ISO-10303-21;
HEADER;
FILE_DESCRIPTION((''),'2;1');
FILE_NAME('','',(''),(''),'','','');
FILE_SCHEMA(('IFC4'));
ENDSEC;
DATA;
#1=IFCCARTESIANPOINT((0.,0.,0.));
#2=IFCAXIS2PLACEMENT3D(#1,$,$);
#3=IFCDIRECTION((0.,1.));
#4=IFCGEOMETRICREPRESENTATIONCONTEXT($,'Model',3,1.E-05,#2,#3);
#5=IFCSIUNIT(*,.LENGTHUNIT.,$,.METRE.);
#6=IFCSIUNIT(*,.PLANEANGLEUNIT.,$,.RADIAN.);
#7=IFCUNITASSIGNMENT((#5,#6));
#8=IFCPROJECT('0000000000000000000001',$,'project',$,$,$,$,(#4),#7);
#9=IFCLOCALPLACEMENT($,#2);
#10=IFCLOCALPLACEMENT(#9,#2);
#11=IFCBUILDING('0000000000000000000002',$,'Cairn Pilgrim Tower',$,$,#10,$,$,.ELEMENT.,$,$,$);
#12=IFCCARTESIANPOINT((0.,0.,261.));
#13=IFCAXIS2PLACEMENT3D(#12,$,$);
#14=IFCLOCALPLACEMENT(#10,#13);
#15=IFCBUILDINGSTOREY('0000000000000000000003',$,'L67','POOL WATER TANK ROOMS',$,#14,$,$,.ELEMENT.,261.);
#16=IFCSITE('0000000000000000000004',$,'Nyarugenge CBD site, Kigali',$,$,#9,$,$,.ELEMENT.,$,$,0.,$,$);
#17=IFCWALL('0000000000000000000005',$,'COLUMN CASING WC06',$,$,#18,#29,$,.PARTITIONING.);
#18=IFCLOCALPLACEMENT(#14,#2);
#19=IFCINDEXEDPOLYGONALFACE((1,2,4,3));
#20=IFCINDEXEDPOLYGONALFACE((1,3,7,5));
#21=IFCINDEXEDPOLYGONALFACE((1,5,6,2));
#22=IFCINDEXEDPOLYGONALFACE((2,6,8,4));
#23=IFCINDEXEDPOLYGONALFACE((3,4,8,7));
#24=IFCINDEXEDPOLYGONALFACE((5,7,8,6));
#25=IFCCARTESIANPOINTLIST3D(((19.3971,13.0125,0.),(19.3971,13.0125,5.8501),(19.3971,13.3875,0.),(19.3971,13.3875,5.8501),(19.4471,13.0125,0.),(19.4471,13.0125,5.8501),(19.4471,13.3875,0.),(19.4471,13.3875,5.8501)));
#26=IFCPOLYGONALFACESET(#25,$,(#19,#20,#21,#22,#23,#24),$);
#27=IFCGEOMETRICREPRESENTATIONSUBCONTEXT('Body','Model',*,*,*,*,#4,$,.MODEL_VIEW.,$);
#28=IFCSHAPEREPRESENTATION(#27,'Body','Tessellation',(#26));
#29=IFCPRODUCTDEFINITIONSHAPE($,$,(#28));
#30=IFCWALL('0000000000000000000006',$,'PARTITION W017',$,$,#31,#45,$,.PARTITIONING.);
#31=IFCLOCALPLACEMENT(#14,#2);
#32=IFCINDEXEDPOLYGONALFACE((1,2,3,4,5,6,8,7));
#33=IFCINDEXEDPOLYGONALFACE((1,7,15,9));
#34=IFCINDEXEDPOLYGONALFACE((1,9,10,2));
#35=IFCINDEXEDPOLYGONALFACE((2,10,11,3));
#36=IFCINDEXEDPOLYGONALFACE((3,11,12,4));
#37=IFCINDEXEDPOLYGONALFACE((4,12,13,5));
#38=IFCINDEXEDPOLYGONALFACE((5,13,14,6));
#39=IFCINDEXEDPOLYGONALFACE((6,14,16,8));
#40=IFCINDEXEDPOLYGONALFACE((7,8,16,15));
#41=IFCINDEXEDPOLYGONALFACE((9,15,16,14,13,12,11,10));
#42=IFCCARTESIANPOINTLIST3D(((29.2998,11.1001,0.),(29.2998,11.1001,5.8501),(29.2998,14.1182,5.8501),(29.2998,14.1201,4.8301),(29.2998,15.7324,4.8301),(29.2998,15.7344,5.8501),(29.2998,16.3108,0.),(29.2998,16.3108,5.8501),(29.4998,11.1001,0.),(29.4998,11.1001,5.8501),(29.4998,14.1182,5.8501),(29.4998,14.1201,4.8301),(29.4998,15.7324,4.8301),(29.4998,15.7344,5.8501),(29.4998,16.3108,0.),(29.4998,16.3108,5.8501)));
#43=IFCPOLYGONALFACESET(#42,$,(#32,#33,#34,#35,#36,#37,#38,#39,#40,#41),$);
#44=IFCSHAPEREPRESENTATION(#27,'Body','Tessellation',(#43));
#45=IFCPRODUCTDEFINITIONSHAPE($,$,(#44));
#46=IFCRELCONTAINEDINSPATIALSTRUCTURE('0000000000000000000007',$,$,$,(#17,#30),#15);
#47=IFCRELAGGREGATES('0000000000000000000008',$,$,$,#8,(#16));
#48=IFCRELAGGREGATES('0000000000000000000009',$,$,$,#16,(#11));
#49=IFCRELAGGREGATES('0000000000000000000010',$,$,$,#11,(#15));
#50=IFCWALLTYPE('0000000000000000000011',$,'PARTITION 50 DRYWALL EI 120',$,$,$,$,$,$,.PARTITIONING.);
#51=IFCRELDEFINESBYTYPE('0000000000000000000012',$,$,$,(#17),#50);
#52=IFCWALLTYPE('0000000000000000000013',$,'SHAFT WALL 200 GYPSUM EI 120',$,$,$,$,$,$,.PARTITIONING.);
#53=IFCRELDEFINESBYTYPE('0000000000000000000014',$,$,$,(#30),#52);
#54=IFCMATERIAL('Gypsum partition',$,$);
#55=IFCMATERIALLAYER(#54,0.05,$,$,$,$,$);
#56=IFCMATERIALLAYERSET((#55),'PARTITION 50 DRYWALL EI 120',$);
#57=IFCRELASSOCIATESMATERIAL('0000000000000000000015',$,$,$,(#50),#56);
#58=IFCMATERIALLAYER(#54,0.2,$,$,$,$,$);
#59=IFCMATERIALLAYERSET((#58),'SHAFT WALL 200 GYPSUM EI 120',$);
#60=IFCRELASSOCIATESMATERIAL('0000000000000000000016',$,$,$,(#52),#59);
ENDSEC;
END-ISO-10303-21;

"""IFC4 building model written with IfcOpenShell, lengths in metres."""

from ifc_helpers import new_model, si_unit, direction, frame, frame_2d, origin, place, context, subcontext, project, spatial, polyline, rectangle, outline, extrude, material, layer, layer_set, type_object, element, save


model = new_model("IFC4")

# Units and contexts
model_context = context("Model", 3, precision=1e-05, world=origin(), true_north=direction((0.0, 1.0)))
body_context = subcontext(model_context, "Body", "Model", "MODEL_VIEW")
ifc_project = project(units=[si_unit("LENGTHUNIT", "METRE"), si_unit("PLANEANGLEUNIT", "RADIAN")], contexts=[model_context])

# Site, building, storey
site_placement = place(None, origin())
site = spatial("IfcSite", under=ifc_project, at=site_placement, Name="Nyarugenge CBD site, Kigali", CompositionType="ELEMENT", RefElevation=0.0)
building_placement = place(site_placement, origin())
building = spatial("IfcBuilding", under=site, at=building_placement, Name="Cairn Pilgrim Tower", CompositionType="ELEMENT")
storey_placement = place(building_placement, frame((0.0, 0.0, 261.0)))
storey = spatial("IfcBuildingStorey", under=building, at=storey_placement, Name="L67", Description="POOL WATER TANK ROOMS", CompositionType="ELEMENT", Elevation=261.0)

# Walls
ifc_material_1 = material(Name="Gypsum partition")
ifc_layer_1 = layer(ifc_material_1, 0.05)
ifc_layer_set_1 = layer_set([ifc_layer_1], Name="PARTITION 50 DRYWALL EI 120")
wall_type_1 = type_object("IfcWallType", Name="PARTITION 50 DRYWALL EI 120", PredefinedType="PARTITIONING", material=ifc_layer_set_1)
wall_1_placement = place(storey_placement, frame((19.4221, 13.0125, 0.0), z_axis=(0.0, 0.0, 1.0), x_axis=(0.0, 1.0, 0.0)))
element("IfcWall", 1, at=wall_1_placement, inside=storey, type_object=wall_type_1, Name="COLUMN CASING WC06", PredefinedType="PARTITIONING", context=body_context, shape_type="SweptSolid", body=[
    extrude(rectangle(XDim=0.375, YDim=0.05, at=frame_2d((0.1875, 0.0))), origin(), (0.0, 0.0, 1.0), 5.8501),
])
ifc_layer_2 = layer(ifc_material_1, 0.2)
ifc_layer_set_2 = layer_set([ifc_layer_2], Name="SHAFT WALL 200 GYPSUM EI 120")
wall_type_2 = type_object("IfcWallType", Name="SHAFT WALL 200 GYPSUM EI 120", PredefinedType="PARTITIONING", material=ifc_layer_set_2)
wall_2_placement = place(storey_placement, frame((29.3999, 11.1001, 0.0), z_axis=(0.0, 0.0, 1.0), x_axis=(0.0, 1.0, 0.0)))
element("IfcWall", 2, at=wall_2_placement, inside=storey, type_object=wall_type_2, Name="PARTITION W017", PredefinedType="PARTITIONING", context=body_context, shape_type="SweptSolid", body=[
    extrude(outline(polyline([(0.0, 0.0), (5.2107, 0.0), (5.2107, 5.8501), (4.6343, 5.8501), (4.6323, 4.8301), (3.02, 4.8301), (3.0181, 5.8501), (0.0, 5.8501), (0.0, 0.0)])), frame((0.0, 0.1001, 0.0), z_axis=(0.0, -1.0, 0.0), x_axis=(1.0, 0.0, 0.0)), (0.0, 0.0, 1.0), 0.2),
])

save(model, "model.ifc")
